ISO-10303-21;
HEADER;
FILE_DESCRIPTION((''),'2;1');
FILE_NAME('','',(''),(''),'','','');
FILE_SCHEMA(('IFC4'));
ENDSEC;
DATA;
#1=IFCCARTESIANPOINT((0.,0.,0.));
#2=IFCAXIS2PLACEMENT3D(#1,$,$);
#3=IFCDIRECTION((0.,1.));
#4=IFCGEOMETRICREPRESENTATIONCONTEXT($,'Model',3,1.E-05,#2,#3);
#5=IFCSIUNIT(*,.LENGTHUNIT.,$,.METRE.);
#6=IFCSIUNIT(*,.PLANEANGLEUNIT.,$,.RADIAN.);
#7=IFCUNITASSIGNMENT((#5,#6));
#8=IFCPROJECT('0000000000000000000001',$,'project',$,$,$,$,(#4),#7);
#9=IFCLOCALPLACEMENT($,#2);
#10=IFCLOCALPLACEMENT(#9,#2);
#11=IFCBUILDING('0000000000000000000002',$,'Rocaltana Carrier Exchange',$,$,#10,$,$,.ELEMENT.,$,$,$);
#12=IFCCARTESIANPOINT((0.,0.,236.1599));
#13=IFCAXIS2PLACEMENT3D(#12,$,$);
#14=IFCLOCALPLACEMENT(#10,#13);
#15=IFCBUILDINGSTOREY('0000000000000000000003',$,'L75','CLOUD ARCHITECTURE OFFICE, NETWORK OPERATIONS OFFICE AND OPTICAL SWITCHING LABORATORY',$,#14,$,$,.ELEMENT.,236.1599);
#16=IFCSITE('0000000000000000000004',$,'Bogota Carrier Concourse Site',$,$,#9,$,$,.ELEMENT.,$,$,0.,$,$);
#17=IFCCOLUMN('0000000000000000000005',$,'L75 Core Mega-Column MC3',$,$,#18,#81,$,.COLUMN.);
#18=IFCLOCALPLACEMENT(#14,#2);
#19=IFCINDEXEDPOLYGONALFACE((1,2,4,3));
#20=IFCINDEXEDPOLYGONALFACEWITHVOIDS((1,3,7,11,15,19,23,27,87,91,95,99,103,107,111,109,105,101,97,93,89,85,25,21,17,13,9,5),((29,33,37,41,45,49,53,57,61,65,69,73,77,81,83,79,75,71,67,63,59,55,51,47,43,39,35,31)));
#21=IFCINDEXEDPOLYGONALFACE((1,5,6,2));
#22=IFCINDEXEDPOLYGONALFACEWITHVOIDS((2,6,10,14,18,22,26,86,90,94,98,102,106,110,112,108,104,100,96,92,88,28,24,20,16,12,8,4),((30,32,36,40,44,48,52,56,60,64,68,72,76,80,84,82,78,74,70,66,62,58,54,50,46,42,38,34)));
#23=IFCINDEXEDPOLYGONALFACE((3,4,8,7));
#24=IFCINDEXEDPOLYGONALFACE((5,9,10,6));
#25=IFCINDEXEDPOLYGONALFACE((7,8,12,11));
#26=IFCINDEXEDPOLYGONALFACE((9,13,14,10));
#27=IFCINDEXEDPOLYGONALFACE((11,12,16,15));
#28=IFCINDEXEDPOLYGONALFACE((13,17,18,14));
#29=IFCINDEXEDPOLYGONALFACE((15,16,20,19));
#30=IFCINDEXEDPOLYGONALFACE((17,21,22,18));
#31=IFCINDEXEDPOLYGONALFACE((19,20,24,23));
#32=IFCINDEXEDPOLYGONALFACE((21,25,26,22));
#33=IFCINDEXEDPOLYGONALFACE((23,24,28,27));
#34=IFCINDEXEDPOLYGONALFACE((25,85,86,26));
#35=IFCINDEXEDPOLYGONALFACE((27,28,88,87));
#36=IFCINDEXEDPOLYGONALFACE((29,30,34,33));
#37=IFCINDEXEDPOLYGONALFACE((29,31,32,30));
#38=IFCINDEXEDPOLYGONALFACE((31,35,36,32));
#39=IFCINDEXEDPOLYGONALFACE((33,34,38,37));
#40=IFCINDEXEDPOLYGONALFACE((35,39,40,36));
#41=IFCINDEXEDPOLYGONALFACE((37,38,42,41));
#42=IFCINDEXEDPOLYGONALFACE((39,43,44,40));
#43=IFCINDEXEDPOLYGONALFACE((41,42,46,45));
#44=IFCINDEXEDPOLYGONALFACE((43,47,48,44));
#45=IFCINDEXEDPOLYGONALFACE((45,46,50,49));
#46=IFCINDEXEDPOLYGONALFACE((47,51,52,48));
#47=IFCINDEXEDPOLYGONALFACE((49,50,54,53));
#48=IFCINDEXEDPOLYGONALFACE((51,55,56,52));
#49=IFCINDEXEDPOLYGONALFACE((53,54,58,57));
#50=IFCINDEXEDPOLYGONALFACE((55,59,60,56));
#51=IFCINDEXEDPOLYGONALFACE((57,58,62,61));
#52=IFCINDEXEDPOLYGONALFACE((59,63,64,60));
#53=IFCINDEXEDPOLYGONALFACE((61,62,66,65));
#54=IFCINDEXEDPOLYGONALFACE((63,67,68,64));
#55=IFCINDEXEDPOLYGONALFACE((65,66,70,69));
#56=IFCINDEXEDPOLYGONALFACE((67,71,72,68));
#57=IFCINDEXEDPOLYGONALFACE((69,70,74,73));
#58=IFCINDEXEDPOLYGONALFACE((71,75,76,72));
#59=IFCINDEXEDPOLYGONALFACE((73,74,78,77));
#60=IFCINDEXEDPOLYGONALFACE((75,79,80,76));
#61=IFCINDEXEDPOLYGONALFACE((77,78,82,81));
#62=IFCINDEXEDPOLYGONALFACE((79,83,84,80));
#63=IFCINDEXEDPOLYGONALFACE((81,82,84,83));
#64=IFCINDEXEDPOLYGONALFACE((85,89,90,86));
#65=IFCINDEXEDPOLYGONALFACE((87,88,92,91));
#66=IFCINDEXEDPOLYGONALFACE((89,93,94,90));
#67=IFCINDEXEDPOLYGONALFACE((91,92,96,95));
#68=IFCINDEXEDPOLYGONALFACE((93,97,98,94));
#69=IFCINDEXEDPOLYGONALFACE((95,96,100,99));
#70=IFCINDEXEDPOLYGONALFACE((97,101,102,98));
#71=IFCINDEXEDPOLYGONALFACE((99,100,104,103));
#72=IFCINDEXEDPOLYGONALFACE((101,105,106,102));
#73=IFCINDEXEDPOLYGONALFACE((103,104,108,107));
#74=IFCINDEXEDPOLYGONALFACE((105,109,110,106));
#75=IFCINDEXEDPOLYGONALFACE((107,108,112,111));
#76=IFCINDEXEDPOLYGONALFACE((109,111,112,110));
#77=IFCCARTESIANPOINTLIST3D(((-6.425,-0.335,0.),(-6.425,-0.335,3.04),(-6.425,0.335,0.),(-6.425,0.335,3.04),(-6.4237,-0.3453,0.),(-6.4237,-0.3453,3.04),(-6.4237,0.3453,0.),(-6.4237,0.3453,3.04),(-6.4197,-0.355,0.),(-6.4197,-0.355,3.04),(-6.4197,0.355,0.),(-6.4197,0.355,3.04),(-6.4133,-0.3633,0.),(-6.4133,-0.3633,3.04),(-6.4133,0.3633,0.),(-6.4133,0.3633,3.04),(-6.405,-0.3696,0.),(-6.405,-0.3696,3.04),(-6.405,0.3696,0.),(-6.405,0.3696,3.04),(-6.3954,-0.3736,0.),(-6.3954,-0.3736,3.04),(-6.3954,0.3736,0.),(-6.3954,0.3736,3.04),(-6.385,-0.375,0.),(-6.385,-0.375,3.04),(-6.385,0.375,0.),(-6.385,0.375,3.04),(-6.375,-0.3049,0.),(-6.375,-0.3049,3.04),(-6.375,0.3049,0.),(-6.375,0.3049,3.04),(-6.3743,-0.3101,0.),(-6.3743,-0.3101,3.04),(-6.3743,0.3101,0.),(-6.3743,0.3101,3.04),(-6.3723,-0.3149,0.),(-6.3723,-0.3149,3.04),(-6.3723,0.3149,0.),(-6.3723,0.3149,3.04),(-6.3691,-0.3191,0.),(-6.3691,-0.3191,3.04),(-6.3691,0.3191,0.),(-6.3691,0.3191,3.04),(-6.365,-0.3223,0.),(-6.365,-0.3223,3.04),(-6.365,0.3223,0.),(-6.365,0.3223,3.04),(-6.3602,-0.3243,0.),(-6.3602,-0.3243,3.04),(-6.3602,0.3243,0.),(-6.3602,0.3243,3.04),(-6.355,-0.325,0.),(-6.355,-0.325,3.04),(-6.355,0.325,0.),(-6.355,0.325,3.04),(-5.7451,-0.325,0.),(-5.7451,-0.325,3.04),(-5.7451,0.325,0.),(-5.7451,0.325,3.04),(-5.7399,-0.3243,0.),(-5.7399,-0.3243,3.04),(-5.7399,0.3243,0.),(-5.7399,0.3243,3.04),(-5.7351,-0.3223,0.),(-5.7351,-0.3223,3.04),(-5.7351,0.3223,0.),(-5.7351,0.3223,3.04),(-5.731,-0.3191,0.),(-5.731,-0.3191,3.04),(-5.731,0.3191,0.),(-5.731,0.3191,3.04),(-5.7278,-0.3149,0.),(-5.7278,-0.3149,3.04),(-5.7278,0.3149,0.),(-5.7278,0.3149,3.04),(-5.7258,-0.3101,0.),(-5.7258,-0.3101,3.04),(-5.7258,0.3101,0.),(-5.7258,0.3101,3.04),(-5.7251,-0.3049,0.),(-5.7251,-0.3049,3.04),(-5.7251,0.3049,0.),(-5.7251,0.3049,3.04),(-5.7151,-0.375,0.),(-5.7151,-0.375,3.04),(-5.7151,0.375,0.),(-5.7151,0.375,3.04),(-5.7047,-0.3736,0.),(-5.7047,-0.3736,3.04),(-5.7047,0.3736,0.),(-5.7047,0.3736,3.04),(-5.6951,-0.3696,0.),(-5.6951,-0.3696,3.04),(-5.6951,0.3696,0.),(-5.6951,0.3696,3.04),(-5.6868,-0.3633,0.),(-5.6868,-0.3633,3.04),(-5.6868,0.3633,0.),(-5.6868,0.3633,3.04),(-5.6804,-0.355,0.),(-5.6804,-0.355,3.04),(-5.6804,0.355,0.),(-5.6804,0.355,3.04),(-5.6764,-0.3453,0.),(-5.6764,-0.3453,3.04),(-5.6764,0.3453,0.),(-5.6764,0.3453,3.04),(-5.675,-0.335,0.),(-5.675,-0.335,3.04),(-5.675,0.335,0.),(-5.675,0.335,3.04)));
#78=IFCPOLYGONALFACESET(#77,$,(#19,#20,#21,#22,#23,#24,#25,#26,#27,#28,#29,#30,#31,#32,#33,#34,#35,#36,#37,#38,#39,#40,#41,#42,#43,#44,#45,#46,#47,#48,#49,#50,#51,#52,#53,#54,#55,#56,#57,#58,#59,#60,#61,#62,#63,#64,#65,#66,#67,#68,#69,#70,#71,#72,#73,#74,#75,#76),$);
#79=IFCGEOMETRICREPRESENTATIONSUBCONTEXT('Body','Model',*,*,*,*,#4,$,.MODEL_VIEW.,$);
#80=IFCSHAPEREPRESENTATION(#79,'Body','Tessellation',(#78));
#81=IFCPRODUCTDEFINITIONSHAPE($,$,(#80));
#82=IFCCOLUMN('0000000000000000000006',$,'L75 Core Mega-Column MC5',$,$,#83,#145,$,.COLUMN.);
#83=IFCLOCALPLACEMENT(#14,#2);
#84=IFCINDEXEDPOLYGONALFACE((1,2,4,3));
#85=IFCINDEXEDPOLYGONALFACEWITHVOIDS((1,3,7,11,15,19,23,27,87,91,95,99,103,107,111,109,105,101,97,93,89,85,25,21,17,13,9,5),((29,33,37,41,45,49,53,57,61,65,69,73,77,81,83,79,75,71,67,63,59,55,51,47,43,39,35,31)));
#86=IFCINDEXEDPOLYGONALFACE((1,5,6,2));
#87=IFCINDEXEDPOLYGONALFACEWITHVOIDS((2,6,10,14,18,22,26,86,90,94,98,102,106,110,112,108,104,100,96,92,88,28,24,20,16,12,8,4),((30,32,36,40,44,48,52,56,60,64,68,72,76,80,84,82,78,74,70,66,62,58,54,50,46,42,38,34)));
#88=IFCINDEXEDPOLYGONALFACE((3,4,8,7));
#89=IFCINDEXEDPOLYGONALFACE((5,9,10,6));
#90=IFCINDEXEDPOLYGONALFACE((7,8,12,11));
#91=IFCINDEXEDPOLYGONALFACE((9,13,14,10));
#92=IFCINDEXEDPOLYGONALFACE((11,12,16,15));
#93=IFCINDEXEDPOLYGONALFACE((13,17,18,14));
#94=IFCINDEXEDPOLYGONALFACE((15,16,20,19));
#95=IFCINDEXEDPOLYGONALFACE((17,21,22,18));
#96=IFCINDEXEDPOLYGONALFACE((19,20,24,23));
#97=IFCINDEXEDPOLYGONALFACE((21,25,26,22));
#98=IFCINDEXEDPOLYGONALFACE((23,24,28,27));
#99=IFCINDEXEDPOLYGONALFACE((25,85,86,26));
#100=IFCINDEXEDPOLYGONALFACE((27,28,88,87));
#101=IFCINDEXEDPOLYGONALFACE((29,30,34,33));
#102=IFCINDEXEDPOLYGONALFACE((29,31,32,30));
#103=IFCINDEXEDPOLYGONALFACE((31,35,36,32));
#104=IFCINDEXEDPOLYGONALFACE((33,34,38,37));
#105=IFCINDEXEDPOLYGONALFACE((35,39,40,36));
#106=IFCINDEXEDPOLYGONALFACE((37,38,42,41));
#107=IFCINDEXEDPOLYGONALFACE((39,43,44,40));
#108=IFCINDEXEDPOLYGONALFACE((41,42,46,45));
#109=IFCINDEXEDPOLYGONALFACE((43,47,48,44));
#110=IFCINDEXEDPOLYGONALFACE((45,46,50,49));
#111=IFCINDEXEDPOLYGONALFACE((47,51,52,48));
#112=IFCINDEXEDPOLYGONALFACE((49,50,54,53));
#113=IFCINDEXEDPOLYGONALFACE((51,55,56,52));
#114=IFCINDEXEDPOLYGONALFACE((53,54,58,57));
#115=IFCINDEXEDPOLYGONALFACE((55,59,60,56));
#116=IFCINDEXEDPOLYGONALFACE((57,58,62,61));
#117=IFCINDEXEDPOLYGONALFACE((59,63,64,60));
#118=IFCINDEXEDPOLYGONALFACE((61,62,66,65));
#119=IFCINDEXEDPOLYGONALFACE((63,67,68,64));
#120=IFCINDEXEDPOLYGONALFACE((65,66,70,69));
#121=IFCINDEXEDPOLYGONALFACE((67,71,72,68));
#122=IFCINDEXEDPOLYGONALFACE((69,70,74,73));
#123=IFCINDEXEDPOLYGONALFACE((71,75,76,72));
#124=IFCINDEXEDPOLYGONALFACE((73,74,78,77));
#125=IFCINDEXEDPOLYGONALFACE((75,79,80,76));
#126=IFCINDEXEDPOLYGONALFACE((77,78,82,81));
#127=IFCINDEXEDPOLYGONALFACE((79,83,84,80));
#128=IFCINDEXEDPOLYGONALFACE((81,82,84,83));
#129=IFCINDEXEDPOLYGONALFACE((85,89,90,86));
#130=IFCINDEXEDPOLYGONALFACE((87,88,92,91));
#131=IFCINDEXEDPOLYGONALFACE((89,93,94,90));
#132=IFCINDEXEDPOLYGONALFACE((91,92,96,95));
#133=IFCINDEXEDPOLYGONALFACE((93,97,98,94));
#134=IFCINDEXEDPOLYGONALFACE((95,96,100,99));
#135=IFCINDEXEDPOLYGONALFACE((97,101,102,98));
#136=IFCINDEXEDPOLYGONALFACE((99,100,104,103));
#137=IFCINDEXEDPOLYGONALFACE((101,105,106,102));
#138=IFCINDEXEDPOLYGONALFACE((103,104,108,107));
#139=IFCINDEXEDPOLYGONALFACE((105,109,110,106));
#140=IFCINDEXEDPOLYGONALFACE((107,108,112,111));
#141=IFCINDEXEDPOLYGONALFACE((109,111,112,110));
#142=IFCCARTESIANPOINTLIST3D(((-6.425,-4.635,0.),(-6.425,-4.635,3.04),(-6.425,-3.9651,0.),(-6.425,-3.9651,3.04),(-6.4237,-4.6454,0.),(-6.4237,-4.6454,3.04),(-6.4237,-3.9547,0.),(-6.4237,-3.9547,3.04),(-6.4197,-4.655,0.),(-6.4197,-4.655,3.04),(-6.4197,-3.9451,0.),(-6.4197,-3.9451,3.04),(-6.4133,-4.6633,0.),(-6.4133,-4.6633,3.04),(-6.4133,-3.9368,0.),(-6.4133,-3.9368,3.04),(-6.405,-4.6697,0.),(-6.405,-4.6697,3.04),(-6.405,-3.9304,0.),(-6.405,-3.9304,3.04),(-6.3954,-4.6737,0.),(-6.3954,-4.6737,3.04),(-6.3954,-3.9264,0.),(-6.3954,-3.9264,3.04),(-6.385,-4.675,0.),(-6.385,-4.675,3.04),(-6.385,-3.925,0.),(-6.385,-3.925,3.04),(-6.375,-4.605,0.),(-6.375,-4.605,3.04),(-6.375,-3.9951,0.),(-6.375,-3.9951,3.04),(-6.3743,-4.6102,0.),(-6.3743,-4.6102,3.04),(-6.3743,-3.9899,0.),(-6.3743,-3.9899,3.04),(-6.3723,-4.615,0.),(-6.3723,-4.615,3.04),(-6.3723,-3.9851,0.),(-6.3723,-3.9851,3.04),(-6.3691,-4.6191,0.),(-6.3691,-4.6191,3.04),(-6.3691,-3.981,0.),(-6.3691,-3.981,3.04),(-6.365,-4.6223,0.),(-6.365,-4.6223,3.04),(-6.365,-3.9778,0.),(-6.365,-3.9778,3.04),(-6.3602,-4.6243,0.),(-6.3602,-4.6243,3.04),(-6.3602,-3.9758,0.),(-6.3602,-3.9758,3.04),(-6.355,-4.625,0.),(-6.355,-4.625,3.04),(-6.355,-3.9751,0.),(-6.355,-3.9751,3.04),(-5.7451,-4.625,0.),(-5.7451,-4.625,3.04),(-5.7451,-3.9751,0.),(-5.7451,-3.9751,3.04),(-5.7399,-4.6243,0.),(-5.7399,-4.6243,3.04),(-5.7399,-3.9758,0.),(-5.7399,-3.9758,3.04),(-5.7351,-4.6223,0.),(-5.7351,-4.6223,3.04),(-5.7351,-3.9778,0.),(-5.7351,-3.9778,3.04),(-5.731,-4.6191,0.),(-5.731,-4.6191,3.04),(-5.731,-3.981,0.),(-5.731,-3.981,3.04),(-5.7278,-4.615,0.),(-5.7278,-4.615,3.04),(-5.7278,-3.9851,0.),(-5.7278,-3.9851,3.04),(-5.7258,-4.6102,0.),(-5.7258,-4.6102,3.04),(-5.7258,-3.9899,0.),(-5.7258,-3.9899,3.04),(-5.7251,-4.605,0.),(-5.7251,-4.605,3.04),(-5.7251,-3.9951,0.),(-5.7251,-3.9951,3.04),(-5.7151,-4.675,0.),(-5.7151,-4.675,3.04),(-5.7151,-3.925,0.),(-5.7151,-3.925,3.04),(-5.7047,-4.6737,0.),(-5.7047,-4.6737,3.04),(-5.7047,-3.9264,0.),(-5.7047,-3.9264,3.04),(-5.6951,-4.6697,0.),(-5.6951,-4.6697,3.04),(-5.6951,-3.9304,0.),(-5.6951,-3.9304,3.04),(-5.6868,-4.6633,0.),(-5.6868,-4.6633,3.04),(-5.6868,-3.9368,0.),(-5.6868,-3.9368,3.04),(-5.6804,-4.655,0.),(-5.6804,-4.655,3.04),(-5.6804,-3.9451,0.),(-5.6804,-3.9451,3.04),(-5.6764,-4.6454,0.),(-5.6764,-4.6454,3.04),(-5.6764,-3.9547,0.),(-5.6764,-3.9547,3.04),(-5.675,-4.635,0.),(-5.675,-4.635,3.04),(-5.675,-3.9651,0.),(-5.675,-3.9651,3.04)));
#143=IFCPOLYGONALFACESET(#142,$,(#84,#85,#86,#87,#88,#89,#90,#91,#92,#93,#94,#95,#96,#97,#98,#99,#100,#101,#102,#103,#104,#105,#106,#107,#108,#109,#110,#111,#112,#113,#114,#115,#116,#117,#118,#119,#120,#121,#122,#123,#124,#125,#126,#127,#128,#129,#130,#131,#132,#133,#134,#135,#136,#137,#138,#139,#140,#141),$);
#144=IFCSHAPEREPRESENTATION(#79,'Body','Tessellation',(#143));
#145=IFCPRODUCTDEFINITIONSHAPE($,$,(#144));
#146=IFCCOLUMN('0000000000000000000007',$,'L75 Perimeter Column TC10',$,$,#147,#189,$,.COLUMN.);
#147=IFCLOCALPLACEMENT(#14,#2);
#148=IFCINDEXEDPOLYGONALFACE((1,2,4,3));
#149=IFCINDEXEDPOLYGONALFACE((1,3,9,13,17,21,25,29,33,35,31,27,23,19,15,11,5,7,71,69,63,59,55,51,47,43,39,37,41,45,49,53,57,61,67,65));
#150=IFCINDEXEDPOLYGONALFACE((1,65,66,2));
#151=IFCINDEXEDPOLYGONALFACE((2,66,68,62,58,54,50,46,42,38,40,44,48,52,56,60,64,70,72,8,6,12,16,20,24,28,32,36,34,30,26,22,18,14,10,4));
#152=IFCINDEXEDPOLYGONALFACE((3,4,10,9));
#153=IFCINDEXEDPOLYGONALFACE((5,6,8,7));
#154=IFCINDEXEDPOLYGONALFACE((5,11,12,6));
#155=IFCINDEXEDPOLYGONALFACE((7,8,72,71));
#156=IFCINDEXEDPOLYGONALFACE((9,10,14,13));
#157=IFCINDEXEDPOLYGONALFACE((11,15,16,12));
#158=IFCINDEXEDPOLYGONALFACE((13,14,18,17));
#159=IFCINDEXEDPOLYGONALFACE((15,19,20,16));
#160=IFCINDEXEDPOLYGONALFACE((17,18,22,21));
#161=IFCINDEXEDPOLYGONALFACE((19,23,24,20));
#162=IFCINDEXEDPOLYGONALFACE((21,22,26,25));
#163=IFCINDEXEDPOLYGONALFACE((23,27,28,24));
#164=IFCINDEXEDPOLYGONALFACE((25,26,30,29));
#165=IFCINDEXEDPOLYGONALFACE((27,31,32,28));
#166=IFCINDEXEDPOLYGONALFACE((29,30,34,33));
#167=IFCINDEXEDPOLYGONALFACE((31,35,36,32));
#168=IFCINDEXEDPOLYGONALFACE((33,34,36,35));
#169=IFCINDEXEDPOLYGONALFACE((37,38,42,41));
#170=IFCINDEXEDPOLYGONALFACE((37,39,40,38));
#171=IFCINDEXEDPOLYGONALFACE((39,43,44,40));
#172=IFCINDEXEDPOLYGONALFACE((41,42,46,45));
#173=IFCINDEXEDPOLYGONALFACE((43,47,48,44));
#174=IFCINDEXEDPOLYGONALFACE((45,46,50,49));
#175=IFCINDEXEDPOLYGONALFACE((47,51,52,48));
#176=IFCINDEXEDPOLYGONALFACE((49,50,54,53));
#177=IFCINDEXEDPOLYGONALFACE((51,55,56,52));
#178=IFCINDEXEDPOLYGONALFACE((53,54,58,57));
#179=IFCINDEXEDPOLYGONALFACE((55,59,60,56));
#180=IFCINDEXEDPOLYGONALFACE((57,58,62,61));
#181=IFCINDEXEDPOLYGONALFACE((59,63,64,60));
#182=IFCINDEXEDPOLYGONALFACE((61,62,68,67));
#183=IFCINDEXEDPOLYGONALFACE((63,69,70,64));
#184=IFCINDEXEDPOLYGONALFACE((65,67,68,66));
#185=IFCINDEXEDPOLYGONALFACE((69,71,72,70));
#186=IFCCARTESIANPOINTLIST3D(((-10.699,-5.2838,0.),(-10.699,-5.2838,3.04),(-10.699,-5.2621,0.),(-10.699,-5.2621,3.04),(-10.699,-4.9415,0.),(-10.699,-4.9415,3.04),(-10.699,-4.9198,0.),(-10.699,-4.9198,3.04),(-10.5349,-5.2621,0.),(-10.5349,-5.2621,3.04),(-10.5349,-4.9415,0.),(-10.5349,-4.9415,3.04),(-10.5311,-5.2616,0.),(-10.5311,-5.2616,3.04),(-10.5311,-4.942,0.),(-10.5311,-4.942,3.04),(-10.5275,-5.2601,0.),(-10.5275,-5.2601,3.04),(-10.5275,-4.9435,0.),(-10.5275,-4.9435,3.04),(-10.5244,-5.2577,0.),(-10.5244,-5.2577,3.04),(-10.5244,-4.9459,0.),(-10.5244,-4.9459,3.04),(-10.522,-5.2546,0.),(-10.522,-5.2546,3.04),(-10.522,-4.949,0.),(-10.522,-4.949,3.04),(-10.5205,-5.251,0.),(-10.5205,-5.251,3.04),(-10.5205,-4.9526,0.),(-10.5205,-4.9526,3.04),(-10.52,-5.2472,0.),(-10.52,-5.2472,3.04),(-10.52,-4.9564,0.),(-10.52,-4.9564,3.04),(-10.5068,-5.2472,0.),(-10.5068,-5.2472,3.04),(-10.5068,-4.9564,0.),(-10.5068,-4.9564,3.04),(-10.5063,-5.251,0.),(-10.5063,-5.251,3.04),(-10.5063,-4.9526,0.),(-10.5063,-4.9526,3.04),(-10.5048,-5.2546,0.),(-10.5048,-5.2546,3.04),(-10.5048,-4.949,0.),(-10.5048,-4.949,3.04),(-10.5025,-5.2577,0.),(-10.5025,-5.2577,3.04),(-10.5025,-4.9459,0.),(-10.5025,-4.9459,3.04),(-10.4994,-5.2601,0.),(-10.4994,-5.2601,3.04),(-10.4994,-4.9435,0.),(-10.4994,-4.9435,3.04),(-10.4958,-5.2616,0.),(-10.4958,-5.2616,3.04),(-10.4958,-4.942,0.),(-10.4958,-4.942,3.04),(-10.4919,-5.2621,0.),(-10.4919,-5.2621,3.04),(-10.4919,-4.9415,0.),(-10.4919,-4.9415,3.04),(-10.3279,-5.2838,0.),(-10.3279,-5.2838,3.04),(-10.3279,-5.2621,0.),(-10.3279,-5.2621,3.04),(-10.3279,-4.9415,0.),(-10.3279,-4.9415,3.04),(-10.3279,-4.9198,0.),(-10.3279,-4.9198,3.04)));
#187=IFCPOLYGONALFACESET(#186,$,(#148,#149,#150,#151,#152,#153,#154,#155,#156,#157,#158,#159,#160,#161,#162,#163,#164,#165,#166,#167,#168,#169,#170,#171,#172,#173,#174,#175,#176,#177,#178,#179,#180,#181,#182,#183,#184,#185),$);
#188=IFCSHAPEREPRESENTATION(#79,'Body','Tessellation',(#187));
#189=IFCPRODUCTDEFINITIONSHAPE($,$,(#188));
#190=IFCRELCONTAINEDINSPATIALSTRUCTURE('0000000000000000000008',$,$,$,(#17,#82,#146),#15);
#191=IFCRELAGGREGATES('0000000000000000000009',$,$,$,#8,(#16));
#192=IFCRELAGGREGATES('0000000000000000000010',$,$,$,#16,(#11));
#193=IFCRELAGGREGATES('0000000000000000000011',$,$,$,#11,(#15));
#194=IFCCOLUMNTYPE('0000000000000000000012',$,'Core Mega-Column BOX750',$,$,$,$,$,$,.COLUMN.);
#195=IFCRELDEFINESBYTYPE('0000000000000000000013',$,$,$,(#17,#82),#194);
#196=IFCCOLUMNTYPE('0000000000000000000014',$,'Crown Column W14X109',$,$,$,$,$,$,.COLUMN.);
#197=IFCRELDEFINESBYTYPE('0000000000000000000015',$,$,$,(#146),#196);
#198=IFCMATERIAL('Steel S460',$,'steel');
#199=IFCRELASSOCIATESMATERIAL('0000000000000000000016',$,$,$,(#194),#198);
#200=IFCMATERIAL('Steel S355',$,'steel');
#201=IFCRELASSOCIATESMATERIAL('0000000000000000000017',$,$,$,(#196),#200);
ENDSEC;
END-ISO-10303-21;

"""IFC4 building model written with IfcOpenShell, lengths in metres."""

from ifc_helpers import new_model, si_unit, direction, frame, origin, origin_2d, place, context, subcontext, project, spatial, hollow_rectangle, i_section, extrude, material, material_profile, profile_set, type_object, element, save


model = new_model("IFC4")

# Units and contexts
model_context = context("Model", 3, precision=1e-05, world=origin(), true_north=direction((0.0, 1.0)))
body_context = subcontext(model_context, "Body", "Model", "MODEL_VIEW")
ifc_project = project(units=[si_unit("LENGTHUNIT", "METRE"), si_unit("PLANEANGLEUNIT", "RADIAN")], contexts=[model_context])

# Site, building, storey
site_placement = place(None, origin())
site = spatial("IfcSite", under=ifc_project, at=site_placement, Name="Bogota Carrier Concourse Site", CompositionType="ELEMENT", RefElevation=0.0)
building_placement = place(site_placement, origin())
building = spatial("IfcBuilding", under=site, at=building_placement, Name="Rocaltana Carrier Exchange", CompositionType="ELEMENT")
storey_placement = place(building_placement, frame((0.0, 0.0, 236.1599)))
storey = spatial("IfcBuildingStorey", under=building, at=storey_placement, Name="L75", Description="CLOUD ARCHITECTURE OFFICE, NETWORK OPERATIONS OFFICE AND OPTICAL SWITCHING LABORATORY", CompositionType="ELEMENT", Elevation=236.1599)

# Columns
ifc_material_1 = material(Name="Steel S460", Category="steel")
ifc_material_profile_1 = material_profile(ifc_material_1, hollow_rectangle(XDim=0.75, YDim=0.75, WallThickness=0.05, InnerFilletRadius=0.02, OuterFilletRadius=0.04, at=origin_2d()), Name="BOX750X750X50")
ifc_profile_set_1 = profile_set([ifc_material_profile_1], Name="Steel S460")
column_type_1 = type_object("IfcColumnType", Name="Core Mega-Column BOX750", PredefinedType="COLUMN", material=ifc_profile_set_1)
for number, where, z_axis, x_axis, name in (
    (1, (-6.05, 0.0, 0.0), (0.0, 0.0, 1.0), (1.0, 0.0, 0.0), "L75 Core Mega-Column MC3"),
    (2, (-6.05, -4.3, 0.0), (0.0, 0.0, 1.0), (1.0, 0.0, 0.0), "L75 Core Mega-Column MC5"),
):
    element("IfcColumn", number, at=place(storey_placement, frame(where, z_axis=z_axis, x_axis=x_axis)), inside=storey, type_object=column_type_1, Name=name, PredefinedType="COLUMN", context=body_context, shape_type="SweptSolid", body=[
        extrude(hollow_rectangle(XDim=0.75, YDim=0.75, WallThickness=0.05, InnerFilletRadius=0.02, OuterFilletRadius=0.04, at=origin_2d()), origin(), (0.0, 0.0, 1.0), 3.04),
    ])
ifc_material_2 = material(Name="Steel S355", Category="steel")
ifc_material_profile_2 = material_profile(ifc_material_2, i_section(OverallWidth=0.3711, OverallDepth=0.364, WebThickness=0.0132, FlangeThickness=0.0217, FilletRadius=0.0149, at=origin_2d()), Name="W14X109")
ifc_profile_set_2 = profile_set([ifc_material_profile_2], Name="Steel S355")
column_type_2 = type_object("IfcColumnType", Name="Crown Column W14X109", PredefinedType="COLUMN", material=ifc_profile_set_2)
column_placement = place(storey_placement, frame((-10.5134, -5.1018, 0.0), z_axis=(0.0, 0.0, 1.0), x_axis=(1.0, 0.0, 0.0)))
element("IfcColumn", 3, at=column_placement, inside=storey, type_object=column_type_2, Name="L75 Perimeter Column TC10", PredefinedType="COLUMN", context=body_context, shape_type="SweptSolid", body=[
    extrude(i_section(OverallWidth=0.3711, OverallDepth=0.364, WebThickness=0.0132, FlangeThickness=0.0217, FilletRadius=0.0149, at=origin_2d()), origin(), (0.0, 0.0, 1.0), 3.04),
])

save(model, "model.ifc")
